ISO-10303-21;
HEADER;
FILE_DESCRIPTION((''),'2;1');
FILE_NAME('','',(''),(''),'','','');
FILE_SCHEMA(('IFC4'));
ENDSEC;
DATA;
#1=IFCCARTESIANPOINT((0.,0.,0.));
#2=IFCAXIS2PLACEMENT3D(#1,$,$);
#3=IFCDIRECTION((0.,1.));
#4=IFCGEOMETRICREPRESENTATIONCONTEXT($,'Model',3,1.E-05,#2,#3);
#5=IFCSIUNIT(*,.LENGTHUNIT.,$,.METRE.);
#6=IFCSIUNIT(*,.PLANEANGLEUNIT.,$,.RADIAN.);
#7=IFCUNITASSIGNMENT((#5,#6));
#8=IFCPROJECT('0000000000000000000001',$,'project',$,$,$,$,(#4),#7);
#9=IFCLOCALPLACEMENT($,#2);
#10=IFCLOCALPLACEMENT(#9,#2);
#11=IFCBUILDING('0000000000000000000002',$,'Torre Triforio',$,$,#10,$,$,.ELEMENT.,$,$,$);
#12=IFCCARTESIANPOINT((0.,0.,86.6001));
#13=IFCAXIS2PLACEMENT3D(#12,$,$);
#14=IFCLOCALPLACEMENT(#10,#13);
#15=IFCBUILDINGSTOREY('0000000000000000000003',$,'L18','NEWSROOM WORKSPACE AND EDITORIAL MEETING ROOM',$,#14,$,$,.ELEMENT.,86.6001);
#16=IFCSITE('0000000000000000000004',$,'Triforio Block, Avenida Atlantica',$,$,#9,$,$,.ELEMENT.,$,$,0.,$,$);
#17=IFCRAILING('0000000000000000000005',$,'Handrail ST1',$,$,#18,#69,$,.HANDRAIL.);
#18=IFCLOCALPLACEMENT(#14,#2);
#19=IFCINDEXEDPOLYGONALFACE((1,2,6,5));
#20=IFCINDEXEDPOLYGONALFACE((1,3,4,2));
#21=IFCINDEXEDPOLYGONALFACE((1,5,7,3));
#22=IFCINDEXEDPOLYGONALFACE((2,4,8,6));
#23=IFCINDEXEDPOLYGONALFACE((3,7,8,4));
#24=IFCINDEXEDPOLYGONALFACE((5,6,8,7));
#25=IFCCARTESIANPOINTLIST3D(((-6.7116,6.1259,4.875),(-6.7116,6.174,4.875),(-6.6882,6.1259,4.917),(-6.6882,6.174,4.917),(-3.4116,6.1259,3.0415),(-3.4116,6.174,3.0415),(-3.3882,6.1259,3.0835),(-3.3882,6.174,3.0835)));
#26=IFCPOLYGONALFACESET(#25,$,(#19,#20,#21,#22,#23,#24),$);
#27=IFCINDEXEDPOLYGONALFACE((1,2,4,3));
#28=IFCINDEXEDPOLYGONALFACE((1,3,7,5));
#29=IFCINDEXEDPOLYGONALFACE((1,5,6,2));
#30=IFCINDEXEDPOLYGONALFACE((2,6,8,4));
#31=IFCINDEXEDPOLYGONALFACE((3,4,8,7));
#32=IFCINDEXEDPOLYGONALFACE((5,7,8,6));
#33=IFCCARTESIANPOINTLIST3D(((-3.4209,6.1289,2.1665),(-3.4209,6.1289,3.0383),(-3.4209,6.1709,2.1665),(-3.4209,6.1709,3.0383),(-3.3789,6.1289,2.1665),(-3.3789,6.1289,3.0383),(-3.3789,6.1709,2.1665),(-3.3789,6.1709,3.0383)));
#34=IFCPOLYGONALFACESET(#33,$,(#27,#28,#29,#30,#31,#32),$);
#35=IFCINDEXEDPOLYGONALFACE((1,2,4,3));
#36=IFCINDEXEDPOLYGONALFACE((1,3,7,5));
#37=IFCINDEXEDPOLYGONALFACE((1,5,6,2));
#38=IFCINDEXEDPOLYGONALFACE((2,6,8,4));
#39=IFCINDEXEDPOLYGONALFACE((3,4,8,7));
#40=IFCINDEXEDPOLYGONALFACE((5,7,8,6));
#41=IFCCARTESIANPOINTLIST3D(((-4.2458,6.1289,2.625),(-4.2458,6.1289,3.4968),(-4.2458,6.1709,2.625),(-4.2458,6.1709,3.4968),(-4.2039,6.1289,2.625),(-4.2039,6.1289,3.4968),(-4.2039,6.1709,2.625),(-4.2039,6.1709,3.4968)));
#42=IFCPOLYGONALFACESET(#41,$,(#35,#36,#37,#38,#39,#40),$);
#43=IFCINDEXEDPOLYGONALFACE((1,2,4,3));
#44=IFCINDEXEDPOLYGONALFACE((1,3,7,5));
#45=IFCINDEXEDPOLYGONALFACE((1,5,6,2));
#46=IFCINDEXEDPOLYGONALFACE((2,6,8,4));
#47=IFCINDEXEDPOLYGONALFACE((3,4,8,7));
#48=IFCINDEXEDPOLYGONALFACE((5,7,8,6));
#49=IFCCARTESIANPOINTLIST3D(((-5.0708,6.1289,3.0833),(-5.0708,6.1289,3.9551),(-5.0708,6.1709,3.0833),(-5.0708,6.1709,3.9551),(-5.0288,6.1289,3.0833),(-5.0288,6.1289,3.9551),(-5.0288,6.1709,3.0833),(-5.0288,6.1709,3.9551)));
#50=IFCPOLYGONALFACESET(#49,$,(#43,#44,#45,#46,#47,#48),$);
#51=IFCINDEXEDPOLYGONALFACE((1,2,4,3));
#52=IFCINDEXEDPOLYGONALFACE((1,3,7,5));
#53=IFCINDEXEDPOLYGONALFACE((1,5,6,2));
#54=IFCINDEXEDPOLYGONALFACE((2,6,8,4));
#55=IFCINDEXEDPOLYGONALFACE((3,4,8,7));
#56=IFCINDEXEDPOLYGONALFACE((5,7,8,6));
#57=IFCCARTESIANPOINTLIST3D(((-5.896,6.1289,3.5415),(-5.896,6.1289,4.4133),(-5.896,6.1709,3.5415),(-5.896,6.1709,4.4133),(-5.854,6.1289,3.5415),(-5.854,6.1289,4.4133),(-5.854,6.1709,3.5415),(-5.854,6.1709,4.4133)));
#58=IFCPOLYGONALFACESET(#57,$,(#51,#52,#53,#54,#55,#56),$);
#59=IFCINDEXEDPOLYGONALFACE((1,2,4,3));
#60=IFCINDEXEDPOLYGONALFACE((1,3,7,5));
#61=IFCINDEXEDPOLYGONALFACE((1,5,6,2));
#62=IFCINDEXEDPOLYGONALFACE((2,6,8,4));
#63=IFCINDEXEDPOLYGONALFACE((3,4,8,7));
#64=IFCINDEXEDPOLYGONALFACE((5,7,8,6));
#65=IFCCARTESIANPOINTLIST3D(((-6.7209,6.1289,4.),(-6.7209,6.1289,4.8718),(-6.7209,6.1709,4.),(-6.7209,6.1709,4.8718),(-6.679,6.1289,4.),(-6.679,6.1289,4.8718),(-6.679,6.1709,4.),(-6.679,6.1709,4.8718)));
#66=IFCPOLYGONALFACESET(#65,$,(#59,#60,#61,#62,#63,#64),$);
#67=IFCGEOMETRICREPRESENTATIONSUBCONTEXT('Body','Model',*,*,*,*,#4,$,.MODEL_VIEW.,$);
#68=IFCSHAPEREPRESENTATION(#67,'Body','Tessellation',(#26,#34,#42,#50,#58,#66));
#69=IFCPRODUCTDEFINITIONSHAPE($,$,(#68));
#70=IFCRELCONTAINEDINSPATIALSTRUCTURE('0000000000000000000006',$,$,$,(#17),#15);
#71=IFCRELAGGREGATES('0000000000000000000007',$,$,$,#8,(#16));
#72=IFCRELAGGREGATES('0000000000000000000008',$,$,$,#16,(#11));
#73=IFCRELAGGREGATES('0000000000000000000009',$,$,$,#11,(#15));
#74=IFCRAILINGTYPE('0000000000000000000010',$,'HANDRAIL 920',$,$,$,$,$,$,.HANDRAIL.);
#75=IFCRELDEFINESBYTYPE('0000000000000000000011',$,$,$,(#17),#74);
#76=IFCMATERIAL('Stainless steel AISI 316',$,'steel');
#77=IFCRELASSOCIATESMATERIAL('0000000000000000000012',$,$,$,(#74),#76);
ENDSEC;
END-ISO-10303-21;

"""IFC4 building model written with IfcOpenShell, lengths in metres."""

from ifc_helpers import new_model, si_unit, direction, frame, origin, origin_2d, place, context, subcontext, project, spatial, rectangle, extrude, material, type_object, element, save


model = new_model("IFC4")

# Units and contexts
model_context = context("Model", 3, precision=1e-05, world=origin(), true_north=direction((0.0, 1.0)))
body_context = subcontext(model_context, "Body", "Model", "MODEL_VIEW")
ifc_project = project(units=[si_unit("LENGTHUNIT", "METRE"), si_unit("PLANEANGLEUNIT", "RADIAN")], contexts=[model_context])

# Site, building, storey
site_placement = place(None, origin())
site = spatial("IfcSite", under=ifc_project, at=site_placement, Name="Triforio Block, Avenida Atlantica", CompositionType="ELEMENT", RefElevation=0.0)
building_placement = place(site_placement, origin())
building = spatial("IfcBuilding", under=site, at=building_placement, Name="Torre Triforio", CompositionType="ELEMENT")
storey_placement = place(building_placement, frame((0.0, 0.0, 86.6001)))
storey = spatial("IfcBuildingStorey", under=building, at=storey_placement, Name="L18", Description="NEWSROOM WORKSPACE AND EDITORIAL MEETING ROOM", CompositionType="ELEMENT", Elevation=86.6001)

# Railing
ifc_material_1 = material(Name="Stainless steel AISI 316", Category="steel")
railing_type = type_object("IfcRailingType", Name="HANDRAIL 920", PredefinedType="HANDRAIL", material=ifc_material_1)
for number, where, name in (
    (1, (-3.3999, 6.1499, 2.1665), "Handrail ST1"),
):
    element("IfcRailing", number, at=place(storey_placement, frame(where)), inside=storey, type_object=railing_type, Name=name, PredefinedType="HANDRAIL", context=body_context, shape_type="SweptSolid", body=[
        extrude(rectangle(XDim=0.0481, YDim=0.0481, at=origin_2d()), frame((0.0, 0.0, 0.896), z_axis=(-0.874142, 0.0, 0.48567), x_axis=(0.0, -1.0, 0.0)), (0.0, 0.0, 1.0), 3.7751),
        extrude(rectangle(XDim=0.042, YDim=0.042, at=origin_2d()), origin(), (0.0, 0.0, 1.0), 0.8718),
        extrude(rectangle(XDim=0.042, YDim=0.042, at=origin_2d()), frame((-0.825, 0.0, 0.4585)), (0.0, 0.0, 1.0), 0.8718),
        extrude(rectangle(XDim=0.042, YDim=0.042, at=origin_2d()), frame((-1.6499, 0.0, 0.9167)), (0.0, 0.0, 1.0), 0.8718),
        extrude(rectangle(XDim=0.042, YDim=0.042, at=origin_2d()), frame((-2.4751, 0.0, 1.375)), (0.0, 0.0, 1.0), 0.8718),
        extrude(rectangle(XDim=0.042, YDim=0.042, at=origin_2d()), frame((-3.3, 0.0, 1.8335)), (0.0, 0.0, 1.0), 0.8718),
    ])

save(model, "model.ifc")
